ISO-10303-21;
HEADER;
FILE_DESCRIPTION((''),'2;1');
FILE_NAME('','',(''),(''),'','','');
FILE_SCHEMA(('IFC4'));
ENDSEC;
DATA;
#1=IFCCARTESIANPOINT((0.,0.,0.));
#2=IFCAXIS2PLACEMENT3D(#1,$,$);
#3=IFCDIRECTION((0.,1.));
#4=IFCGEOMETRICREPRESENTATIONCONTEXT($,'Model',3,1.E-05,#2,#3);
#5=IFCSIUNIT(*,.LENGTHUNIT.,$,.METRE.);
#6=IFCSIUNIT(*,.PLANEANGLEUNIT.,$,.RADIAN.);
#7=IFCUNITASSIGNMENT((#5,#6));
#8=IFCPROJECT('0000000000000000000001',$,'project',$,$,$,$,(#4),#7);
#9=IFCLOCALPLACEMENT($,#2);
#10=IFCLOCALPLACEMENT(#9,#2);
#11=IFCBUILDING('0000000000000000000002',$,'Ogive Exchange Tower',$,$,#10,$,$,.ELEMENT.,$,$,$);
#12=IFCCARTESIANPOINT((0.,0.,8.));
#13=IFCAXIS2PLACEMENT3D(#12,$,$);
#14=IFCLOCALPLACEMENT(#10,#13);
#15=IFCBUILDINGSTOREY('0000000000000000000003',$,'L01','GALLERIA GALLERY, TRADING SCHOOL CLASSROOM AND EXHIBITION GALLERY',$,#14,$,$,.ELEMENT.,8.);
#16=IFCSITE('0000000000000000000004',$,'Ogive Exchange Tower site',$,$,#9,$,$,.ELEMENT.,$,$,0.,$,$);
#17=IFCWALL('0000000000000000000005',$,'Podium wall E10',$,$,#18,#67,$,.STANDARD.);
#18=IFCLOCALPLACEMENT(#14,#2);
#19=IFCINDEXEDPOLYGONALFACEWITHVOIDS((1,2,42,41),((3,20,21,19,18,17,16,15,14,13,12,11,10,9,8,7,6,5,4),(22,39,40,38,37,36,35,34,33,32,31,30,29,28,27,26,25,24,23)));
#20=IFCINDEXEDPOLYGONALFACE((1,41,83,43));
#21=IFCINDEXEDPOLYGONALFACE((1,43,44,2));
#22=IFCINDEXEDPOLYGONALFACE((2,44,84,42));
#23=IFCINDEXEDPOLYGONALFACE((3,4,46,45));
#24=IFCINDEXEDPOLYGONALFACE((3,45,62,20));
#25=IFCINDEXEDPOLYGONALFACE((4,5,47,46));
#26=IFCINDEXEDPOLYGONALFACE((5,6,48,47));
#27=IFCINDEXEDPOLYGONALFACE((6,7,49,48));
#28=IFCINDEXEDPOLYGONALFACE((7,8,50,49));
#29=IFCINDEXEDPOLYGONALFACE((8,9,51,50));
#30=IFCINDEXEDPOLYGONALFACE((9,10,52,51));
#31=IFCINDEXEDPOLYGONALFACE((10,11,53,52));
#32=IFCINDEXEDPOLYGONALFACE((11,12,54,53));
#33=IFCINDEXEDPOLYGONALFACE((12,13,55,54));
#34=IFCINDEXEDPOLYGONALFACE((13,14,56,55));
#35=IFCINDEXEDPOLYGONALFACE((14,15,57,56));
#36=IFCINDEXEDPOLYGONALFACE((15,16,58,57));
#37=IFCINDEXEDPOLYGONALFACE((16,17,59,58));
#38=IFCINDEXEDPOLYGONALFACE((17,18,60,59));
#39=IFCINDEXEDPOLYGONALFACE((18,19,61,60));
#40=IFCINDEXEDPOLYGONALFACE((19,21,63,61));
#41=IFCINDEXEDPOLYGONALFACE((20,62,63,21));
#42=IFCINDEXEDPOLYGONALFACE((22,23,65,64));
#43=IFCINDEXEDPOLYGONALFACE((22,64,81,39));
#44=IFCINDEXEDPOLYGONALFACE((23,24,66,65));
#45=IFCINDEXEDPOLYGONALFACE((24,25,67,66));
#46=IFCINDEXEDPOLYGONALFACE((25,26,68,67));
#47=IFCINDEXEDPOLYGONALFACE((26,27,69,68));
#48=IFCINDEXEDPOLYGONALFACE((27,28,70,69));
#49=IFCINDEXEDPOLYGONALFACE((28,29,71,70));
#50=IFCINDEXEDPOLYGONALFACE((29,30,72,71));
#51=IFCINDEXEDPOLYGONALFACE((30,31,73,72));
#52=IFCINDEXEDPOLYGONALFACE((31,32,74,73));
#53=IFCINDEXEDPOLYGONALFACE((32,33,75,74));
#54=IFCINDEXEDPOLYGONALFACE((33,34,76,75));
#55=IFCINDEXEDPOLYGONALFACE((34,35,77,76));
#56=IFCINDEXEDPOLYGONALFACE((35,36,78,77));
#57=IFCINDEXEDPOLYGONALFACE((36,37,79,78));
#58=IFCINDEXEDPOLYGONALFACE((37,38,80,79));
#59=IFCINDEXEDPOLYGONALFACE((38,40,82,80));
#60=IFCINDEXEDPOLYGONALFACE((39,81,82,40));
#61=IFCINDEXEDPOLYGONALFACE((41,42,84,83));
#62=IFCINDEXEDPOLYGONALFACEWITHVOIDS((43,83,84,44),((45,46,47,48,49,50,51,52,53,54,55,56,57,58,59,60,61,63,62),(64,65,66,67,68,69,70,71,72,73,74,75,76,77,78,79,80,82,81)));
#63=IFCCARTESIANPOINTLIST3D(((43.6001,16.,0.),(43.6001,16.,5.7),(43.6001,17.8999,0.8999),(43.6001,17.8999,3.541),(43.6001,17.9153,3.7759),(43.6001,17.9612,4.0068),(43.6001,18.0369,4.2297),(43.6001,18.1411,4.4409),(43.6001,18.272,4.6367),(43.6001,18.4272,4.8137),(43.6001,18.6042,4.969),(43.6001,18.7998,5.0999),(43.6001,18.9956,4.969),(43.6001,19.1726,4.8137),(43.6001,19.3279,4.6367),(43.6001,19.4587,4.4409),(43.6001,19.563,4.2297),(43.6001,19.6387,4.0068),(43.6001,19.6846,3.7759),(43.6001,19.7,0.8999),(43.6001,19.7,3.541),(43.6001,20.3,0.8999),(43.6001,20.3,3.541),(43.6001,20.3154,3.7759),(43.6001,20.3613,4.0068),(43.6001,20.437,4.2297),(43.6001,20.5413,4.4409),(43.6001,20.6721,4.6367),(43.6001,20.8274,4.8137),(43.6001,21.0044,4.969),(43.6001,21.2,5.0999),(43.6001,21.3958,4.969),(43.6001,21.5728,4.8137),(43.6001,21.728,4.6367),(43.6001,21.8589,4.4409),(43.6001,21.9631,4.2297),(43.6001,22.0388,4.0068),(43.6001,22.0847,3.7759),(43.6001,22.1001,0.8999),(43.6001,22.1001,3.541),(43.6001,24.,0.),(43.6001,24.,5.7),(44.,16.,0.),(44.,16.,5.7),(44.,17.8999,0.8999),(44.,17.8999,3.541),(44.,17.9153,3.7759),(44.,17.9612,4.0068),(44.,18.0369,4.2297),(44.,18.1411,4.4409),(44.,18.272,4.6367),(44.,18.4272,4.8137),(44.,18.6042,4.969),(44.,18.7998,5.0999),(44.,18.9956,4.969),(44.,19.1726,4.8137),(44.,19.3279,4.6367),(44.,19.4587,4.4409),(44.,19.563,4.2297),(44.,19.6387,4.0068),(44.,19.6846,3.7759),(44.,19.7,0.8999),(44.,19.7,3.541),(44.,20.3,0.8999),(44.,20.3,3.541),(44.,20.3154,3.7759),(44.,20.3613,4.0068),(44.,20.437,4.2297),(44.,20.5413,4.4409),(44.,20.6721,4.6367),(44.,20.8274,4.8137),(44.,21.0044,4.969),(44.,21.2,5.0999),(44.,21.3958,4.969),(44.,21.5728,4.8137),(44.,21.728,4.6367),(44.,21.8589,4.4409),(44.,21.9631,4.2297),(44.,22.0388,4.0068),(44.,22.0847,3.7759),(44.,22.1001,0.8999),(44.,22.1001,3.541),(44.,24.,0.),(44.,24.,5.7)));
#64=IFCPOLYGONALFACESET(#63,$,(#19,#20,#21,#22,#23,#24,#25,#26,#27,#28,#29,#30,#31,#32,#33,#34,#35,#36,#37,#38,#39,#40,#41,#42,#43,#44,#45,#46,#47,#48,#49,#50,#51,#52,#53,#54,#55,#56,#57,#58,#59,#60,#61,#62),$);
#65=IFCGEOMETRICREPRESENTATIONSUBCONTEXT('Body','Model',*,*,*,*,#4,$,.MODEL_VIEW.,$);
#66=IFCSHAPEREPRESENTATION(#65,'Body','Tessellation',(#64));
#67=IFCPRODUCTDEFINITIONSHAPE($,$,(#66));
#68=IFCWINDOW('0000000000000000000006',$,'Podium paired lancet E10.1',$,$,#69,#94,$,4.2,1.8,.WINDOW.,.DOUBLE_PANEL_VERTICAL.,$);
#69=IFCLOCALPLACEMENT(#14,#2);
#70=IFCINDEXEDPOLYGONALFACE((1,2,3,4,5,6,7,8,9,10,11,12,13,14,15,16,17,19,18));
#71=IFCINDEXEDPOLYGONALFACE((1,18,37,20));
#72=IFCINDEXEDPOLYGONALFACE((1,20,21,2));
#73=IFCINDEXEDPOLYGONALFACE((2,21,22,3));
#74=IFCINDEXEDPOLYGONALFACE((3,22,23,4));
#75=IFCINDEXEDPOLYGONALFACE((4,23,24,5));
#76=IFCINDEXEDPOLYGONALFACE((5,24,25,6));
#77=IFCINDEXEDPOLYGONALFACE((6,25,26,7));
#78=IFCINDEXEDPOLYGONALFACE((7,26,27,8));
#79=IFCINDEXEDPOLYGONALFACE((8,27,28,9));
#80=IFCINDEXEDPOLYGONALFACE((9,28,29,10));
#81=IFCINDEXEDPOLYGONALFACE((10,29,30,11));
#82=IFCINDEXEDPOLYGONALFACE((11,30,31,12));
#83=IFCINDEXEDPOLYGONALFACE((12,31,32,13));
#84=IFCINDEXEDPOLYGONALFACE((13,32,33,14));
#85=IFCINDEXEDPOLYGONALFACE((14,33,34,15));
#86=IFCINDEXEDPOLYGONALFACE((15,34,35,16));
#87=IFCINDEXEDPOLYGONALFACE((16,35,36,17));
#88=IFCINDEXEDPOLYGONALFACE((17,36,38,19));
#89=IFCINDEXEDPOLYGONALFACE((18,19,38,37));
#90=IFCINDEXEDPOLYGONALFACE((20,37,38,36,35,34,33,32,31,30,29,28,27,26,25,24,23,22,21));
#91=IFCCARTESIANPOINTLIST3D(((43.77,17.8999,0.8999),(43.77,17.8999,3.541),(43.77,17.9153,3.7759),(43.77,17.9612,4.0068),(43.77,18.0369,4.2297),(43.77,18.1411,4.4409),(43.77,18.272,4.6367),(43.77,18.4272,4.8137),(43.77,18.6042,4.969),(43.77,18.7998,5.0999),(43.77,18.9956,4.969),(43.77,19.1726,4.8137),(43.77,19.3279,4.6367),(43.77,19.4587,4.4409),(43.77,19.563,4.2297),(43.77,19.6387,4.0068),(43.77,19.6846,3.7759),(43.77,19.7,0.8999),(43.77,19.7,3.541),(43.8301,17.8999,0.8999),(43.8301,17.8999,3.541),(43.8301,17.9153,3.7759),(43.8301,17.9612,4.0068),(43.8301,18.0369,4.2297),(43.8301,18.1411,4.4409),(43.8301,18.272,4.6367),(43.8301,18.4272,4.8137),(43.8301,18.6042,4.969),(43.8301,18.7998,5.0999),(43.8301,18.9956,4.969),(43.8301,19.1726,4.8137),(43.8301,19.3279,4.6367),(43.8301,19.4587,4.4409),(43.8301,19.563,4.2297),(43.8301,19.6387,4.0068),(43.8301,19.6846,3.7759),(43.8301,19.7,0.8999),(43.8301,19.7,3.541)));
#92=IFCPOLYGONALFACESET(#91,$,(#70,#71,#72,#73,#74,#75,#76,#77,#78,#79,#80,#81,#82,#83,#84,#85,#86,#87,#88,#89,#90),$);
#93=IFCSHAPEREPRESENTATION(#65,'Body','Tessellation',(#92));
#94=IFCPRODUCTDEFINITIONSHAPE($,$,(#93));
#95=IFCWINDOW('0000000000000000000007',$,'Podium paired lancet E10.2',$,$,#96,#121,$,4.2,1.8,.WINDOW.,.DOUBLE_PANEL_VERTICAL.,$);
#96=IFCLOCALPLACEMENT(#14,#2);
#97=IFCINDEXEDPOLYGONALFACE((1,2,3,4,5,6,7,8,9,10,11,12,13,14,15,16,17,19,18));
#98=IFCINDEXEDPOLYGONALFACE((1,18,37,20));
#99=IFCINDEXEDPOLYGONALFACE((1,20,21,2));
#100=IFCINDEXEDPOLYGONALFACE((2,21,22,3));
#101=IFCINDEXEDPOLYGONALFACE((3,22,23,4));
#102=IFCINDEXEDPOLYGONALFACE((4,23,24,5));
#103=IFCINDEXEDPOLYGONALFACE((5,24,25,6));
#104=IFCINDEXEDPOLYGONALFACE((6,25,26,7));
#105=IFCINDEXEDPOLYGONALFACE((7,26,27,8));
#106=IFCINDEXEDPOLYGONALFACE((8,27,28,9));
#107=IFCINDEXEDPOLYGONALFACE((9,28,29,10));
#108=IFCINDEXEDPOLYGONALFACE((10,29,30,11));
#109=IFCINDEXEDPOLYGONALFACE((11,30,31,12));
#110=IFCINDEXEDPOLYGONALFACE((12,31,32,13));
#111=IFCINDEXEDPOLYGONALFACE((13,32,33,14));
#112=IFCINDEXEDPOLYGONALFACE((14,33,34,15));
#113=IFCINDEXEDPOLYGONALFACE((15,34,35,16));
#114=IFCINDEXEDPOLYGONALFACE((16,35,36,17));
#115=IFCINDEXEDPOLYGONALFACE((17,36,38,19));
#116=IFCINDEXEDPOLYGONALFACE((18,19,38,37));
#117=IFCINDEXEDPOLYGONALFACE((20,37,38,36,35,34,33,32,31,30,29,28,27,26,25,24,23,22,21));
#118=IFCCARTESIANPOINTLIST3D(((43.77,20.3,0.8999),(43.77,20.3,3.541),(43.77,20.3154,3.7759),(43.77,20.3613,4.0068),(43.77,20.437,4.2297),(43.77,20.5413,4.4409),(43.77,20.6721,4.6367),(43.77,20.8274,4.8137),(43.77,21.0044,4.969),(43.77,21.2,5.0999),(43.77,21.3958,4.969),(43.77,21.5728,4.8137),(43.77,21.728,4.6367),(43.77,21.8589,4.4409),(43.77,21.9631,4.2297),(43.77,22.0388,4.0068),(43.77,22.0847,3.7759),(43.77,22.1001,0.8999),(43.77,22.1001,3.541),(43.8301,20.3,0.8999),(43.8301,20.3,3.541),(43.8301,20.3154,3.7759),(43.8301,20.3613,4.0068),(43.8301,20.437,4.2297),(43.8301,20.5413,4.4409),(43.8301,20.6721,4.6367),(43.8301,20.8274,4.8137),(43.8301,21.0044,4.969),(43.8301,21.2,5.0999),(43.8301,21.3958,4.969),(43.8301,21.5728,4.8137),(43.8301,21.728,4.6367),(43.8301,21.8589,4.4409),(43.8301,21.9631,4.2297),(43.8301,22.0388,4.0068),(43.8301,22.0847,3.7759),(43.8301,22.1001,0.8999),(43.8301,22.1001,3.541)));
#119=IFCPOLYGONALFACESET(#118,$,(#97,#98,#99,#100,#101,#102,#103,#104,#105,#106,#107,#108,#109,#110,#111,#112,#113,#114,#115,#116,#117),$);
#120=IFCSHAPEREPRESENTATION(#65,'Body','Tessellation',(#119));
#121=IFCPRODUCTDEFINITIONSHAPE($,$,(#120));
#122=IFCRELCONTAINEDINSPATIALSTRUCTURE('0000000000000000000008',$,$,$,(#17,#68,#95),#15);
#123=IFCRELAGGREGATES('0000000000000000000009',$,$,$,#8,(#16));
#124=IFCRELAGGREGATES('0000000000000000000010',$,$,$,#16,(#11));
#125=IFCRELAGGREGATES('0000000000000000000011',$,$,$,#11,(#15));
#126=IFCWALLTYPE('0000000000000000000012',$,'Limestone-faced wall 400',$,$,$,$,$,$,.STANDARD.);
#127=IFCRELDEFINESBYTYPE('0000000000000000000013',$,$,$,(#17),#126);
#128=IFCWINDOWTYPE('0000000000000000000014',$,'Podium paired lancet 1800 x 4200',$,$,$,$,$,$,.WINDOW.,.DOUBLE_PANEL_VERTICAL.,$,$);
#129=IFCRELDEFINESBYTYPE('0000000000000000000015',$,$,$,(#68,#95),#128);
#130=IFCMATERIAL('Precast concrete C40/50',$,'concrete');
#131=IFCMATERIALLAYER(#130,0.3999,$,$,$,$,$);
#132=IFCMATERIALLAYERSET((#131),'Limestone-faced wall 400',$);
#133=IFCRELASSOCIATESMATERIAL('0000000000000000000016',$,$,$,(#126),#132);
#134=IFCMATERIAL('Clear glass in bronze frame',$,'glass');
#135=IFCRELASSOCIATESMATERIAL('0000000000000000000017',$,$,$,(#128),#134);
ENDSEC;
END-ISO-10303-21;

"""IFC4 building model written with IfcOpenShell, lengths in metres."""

from ifc_helpers import new_model, si_unit, direction, frame, frame_2d, origin, place, context, subcontext, project, spatial, polyline, rectangle, outline, extrude, material, layer, layer_set, type_object, element, fill, save


model = new_model("IFC4")

# Units and contexts
model_context = context("Model", 3, precision=1e-05, world=origin(), true_north=direction((0.0, 1.0)))
body_context = subcontext(model_context, "Body", "Model", "MODEL_VIEW")
ifc_project = project(units=[si_unit("LENGTHUNIT", "METRE"), si_unit("PLANEANGLEUNIT", "RADIAN")], contexts=[model_context])

# Site, building, storey
site_placement = place(None, origin())
site = spatial("IfcSite", under=ifc_project, at=site_placement, Name="Ogive Exchange Tower site", CompositionType="ELEMENT", RefElevation=0.0)
building_placement = place(site_placement, origin())
building = spatial("IfcBuilding", under=site, at=building_placement, Name="Ogive Exchange Tower", CompositionType="ELEMENT")
storey_placement = place(building_placement, frame((0.0, 0.0, 8.0)))
storey = spatial("IfcBuildingStorey", under=building, at=storey_placement, Name="L01", Description="GALLERIA GALLERY, TRADING SCHOOL CLASSROOM AND EXHIBITION GALLERY", CompositionType="ELEMENT", Elevation=8.0)

# Wall, openings, windows
ifc_material_1 = material(Name="Precast concrete C40/50", Category="concrete")
ifc_layer_1 = layer(ifc_material_1, 0.3999)
ifc_layer_set_1 = layer_set([ifc_layer_1], Name="Limestone-faced wall 400")
wall_type_1 = type_object("IfcWallType", Name="Limestone-faced wall 400", PredefinedType="STANDARD", material=ifc_layer_set_1)
wall_1_placement = place(storey_placement, frame((43.8, 16.0, 0.0), z_axis=(0.0, 0.0, 1.0), x_axis=(0.0, 1.0, 0.0)))
wall_1 = element("IfcWall", 1, at=wall_1_placement, inside=storey, type_object=wall_type_1, Name="Podium wall E10", PredefinedType="STANDARD", context=body_context, shape_type="SweptSolid", body=[
    extrude(rectangle(XDim=8.0, YDim=0.3999, at=frame_2d((4.0, 0.0))), origin(), (0.0, 0.0, 1.0), 5.7),
])
opening_1_placement = place(wall_1_placement, frame((1.8999, 0.0, 0.8999)))
opening_1 = element("IfcOpeningElement", 2, at=opening_1_placement, cuts=wall_1, PredefinedType="OPENING", context=body_context, shape_type="SweptSolid", body=[
    extrude(outline(polyline([(0.0, 0.0), (1.8, 0.0), (1.8, 2.6411), (1.7847, 2.876), (1.7388, 3.1069), (1.6631, 3.3298), (1.5588, 3.541), (1.428, 3.7368), (1.2727, 3.9138), (1.0957, 4.0691), (0.8999, 4.2), (0.7043, 4.0691), (0.5273, 3.9138), (0.3721, 3.7368), (0.2412, 3.541), (0.137, 3.3298), (0.0613, 3.1069), (0.0154, 2.876), (0.0, 2.6411), (0.0, 0.0)])), frame((0.0, 0.21, 0.0), z_axis=(0.0, -1.0, 0.0), x_axis=(1.0, 0.0, 0.0)), (0.0, 0.0, 1.0), 0.4199),
])
opening_2_placement = place(wall_1_placement, frame((4.3, 0.0, 0.8999)))
opening_2 = element("IfcOpeningElement", 3, at=opening_2_placement, cuts=wall_1, PredefinedType="OPENING", context=body_context, shape_type="SweptSolid", body=[
    extrude(outline(polyline([(0.0, 0.0), (1.8, 0.0), (1.8, 2.6411), (1.7847, 2.876), (1.7388, 3.1069), (1.6631, 3.3298), (1.5588, 3.541), (1.428, 3.7368), (1.2727, 3.9138), (1.0957, 4.0691), (0.8999, 4.2), (0.7043, 4.0691), (0.5273, 3.9138), (0.3721, 3.7368), (0.2412, 3.541), (0.137, 3.3298), (0.0613, 3.1069), (0.0154, 2.876), (0.0, 2.6411), (0.0, 0.0)])), frame((0.0, 0.21, 0.0), z_axis=(0.0, -1.0, 0.0), x_axis=(1.0, 0.0, 0.0)), (0.0, 0.0, 1.0), 0.4199),
])
ifc_material_2 = material(Name="Clear glass in bronze frame", Category="glass")
window_type_1 = type_object("IfcWindowType", Name="Podium paired lancet 1800 x 4200", PartitioningType="DOUBLE_PANEL_VERTICAL", PredefinedType="WINDOW", material=ifc_material_2)
window_1_placement = place(opening_1_placement, origin())
window_1 = element("IfcWindow", 4, at=window_1_placement, inside=storey, type_object=window_type_1, Name="Podium paired lancet E10.1", OverallHeight=4.2, OverallWidth=1.8, PartitioningType="DOUBLE_PANEL_VERTICAL", PredefinedType="WINDOW", context=body_context, shape_type="SweptSolid", body=[
    extrude(outline(polyline([(0.0, 0.0), (1.8, 0.0), (1.8, 2.6411), (1.7847, 2.876), (1.7388, 3.1069), (1.6631, 3.3298), (1.5588, 3.541), (1.428, 3.7368), (1.2727, 3.9138), (1.0957, 4.0691), (0.8999, 4.2), (0.7043, 4.0691), (0.5273, 3.9138), (0.3721, 3.7368), (0.2412, 3.541), (0.137, 3.3298), (0.0613, 3.1069), (0.0154, 2.876), (0.0, 2.6411), (0.0, 0.0)])), frame((0.0, 0.03, 0.0), z_axis=(0.0, -1.0, 0.0), x_axis=(1.0, 0.0, 0.0)), (0.0, 0.0, 1.0), 0.0601),
])
fill(opening_1, window_1)
window_2_placement = place(opening_2_placement, origin())
window_2 = element("IfcWindow", 5, at=window_2_placement, inside=storey, type_object=window_type_1, Name="Podium paired lancet E10.2", OverallHeight=4.2, OverallWidth=1.8, PartitioningType="DOUBLE_PANEL_VERTICAL", PredefinedType="WINDOW", context=body_context, shape_type="SweptSolid", body=[
    extrude(outline(polyline([(0.0, 0.0), (1.8, 0.0), (1.8, 2.6411), (1.7847, 2.876), (1.7388, 3.1069), (1.6631, 3.3298), (1.5588, 3.541), (1.428, 3.7368), (1.2727, 3.9138), (1.0957, 4.0691), (0.8999, 4.2), (0.7043, 4.0691), (0.5273, 3.9138), (0.3721, 3.7368), (0.2412, 3.541), (0.137, 3.3298), (0.0613, 3.1069), (0.0154, 2.876), (0.0, 2.6411), (0.0, 0.0)])), frame((0.0, 0.03, 0.0), z_axis=(0.0, -1.0, 0.0), x_axis=(1.0, 0.0, 0.0)), (0.0, 0.0, 1.0), 0.0601),
])
fill(opening_2, window_2)

save(model, "model.ifc")
